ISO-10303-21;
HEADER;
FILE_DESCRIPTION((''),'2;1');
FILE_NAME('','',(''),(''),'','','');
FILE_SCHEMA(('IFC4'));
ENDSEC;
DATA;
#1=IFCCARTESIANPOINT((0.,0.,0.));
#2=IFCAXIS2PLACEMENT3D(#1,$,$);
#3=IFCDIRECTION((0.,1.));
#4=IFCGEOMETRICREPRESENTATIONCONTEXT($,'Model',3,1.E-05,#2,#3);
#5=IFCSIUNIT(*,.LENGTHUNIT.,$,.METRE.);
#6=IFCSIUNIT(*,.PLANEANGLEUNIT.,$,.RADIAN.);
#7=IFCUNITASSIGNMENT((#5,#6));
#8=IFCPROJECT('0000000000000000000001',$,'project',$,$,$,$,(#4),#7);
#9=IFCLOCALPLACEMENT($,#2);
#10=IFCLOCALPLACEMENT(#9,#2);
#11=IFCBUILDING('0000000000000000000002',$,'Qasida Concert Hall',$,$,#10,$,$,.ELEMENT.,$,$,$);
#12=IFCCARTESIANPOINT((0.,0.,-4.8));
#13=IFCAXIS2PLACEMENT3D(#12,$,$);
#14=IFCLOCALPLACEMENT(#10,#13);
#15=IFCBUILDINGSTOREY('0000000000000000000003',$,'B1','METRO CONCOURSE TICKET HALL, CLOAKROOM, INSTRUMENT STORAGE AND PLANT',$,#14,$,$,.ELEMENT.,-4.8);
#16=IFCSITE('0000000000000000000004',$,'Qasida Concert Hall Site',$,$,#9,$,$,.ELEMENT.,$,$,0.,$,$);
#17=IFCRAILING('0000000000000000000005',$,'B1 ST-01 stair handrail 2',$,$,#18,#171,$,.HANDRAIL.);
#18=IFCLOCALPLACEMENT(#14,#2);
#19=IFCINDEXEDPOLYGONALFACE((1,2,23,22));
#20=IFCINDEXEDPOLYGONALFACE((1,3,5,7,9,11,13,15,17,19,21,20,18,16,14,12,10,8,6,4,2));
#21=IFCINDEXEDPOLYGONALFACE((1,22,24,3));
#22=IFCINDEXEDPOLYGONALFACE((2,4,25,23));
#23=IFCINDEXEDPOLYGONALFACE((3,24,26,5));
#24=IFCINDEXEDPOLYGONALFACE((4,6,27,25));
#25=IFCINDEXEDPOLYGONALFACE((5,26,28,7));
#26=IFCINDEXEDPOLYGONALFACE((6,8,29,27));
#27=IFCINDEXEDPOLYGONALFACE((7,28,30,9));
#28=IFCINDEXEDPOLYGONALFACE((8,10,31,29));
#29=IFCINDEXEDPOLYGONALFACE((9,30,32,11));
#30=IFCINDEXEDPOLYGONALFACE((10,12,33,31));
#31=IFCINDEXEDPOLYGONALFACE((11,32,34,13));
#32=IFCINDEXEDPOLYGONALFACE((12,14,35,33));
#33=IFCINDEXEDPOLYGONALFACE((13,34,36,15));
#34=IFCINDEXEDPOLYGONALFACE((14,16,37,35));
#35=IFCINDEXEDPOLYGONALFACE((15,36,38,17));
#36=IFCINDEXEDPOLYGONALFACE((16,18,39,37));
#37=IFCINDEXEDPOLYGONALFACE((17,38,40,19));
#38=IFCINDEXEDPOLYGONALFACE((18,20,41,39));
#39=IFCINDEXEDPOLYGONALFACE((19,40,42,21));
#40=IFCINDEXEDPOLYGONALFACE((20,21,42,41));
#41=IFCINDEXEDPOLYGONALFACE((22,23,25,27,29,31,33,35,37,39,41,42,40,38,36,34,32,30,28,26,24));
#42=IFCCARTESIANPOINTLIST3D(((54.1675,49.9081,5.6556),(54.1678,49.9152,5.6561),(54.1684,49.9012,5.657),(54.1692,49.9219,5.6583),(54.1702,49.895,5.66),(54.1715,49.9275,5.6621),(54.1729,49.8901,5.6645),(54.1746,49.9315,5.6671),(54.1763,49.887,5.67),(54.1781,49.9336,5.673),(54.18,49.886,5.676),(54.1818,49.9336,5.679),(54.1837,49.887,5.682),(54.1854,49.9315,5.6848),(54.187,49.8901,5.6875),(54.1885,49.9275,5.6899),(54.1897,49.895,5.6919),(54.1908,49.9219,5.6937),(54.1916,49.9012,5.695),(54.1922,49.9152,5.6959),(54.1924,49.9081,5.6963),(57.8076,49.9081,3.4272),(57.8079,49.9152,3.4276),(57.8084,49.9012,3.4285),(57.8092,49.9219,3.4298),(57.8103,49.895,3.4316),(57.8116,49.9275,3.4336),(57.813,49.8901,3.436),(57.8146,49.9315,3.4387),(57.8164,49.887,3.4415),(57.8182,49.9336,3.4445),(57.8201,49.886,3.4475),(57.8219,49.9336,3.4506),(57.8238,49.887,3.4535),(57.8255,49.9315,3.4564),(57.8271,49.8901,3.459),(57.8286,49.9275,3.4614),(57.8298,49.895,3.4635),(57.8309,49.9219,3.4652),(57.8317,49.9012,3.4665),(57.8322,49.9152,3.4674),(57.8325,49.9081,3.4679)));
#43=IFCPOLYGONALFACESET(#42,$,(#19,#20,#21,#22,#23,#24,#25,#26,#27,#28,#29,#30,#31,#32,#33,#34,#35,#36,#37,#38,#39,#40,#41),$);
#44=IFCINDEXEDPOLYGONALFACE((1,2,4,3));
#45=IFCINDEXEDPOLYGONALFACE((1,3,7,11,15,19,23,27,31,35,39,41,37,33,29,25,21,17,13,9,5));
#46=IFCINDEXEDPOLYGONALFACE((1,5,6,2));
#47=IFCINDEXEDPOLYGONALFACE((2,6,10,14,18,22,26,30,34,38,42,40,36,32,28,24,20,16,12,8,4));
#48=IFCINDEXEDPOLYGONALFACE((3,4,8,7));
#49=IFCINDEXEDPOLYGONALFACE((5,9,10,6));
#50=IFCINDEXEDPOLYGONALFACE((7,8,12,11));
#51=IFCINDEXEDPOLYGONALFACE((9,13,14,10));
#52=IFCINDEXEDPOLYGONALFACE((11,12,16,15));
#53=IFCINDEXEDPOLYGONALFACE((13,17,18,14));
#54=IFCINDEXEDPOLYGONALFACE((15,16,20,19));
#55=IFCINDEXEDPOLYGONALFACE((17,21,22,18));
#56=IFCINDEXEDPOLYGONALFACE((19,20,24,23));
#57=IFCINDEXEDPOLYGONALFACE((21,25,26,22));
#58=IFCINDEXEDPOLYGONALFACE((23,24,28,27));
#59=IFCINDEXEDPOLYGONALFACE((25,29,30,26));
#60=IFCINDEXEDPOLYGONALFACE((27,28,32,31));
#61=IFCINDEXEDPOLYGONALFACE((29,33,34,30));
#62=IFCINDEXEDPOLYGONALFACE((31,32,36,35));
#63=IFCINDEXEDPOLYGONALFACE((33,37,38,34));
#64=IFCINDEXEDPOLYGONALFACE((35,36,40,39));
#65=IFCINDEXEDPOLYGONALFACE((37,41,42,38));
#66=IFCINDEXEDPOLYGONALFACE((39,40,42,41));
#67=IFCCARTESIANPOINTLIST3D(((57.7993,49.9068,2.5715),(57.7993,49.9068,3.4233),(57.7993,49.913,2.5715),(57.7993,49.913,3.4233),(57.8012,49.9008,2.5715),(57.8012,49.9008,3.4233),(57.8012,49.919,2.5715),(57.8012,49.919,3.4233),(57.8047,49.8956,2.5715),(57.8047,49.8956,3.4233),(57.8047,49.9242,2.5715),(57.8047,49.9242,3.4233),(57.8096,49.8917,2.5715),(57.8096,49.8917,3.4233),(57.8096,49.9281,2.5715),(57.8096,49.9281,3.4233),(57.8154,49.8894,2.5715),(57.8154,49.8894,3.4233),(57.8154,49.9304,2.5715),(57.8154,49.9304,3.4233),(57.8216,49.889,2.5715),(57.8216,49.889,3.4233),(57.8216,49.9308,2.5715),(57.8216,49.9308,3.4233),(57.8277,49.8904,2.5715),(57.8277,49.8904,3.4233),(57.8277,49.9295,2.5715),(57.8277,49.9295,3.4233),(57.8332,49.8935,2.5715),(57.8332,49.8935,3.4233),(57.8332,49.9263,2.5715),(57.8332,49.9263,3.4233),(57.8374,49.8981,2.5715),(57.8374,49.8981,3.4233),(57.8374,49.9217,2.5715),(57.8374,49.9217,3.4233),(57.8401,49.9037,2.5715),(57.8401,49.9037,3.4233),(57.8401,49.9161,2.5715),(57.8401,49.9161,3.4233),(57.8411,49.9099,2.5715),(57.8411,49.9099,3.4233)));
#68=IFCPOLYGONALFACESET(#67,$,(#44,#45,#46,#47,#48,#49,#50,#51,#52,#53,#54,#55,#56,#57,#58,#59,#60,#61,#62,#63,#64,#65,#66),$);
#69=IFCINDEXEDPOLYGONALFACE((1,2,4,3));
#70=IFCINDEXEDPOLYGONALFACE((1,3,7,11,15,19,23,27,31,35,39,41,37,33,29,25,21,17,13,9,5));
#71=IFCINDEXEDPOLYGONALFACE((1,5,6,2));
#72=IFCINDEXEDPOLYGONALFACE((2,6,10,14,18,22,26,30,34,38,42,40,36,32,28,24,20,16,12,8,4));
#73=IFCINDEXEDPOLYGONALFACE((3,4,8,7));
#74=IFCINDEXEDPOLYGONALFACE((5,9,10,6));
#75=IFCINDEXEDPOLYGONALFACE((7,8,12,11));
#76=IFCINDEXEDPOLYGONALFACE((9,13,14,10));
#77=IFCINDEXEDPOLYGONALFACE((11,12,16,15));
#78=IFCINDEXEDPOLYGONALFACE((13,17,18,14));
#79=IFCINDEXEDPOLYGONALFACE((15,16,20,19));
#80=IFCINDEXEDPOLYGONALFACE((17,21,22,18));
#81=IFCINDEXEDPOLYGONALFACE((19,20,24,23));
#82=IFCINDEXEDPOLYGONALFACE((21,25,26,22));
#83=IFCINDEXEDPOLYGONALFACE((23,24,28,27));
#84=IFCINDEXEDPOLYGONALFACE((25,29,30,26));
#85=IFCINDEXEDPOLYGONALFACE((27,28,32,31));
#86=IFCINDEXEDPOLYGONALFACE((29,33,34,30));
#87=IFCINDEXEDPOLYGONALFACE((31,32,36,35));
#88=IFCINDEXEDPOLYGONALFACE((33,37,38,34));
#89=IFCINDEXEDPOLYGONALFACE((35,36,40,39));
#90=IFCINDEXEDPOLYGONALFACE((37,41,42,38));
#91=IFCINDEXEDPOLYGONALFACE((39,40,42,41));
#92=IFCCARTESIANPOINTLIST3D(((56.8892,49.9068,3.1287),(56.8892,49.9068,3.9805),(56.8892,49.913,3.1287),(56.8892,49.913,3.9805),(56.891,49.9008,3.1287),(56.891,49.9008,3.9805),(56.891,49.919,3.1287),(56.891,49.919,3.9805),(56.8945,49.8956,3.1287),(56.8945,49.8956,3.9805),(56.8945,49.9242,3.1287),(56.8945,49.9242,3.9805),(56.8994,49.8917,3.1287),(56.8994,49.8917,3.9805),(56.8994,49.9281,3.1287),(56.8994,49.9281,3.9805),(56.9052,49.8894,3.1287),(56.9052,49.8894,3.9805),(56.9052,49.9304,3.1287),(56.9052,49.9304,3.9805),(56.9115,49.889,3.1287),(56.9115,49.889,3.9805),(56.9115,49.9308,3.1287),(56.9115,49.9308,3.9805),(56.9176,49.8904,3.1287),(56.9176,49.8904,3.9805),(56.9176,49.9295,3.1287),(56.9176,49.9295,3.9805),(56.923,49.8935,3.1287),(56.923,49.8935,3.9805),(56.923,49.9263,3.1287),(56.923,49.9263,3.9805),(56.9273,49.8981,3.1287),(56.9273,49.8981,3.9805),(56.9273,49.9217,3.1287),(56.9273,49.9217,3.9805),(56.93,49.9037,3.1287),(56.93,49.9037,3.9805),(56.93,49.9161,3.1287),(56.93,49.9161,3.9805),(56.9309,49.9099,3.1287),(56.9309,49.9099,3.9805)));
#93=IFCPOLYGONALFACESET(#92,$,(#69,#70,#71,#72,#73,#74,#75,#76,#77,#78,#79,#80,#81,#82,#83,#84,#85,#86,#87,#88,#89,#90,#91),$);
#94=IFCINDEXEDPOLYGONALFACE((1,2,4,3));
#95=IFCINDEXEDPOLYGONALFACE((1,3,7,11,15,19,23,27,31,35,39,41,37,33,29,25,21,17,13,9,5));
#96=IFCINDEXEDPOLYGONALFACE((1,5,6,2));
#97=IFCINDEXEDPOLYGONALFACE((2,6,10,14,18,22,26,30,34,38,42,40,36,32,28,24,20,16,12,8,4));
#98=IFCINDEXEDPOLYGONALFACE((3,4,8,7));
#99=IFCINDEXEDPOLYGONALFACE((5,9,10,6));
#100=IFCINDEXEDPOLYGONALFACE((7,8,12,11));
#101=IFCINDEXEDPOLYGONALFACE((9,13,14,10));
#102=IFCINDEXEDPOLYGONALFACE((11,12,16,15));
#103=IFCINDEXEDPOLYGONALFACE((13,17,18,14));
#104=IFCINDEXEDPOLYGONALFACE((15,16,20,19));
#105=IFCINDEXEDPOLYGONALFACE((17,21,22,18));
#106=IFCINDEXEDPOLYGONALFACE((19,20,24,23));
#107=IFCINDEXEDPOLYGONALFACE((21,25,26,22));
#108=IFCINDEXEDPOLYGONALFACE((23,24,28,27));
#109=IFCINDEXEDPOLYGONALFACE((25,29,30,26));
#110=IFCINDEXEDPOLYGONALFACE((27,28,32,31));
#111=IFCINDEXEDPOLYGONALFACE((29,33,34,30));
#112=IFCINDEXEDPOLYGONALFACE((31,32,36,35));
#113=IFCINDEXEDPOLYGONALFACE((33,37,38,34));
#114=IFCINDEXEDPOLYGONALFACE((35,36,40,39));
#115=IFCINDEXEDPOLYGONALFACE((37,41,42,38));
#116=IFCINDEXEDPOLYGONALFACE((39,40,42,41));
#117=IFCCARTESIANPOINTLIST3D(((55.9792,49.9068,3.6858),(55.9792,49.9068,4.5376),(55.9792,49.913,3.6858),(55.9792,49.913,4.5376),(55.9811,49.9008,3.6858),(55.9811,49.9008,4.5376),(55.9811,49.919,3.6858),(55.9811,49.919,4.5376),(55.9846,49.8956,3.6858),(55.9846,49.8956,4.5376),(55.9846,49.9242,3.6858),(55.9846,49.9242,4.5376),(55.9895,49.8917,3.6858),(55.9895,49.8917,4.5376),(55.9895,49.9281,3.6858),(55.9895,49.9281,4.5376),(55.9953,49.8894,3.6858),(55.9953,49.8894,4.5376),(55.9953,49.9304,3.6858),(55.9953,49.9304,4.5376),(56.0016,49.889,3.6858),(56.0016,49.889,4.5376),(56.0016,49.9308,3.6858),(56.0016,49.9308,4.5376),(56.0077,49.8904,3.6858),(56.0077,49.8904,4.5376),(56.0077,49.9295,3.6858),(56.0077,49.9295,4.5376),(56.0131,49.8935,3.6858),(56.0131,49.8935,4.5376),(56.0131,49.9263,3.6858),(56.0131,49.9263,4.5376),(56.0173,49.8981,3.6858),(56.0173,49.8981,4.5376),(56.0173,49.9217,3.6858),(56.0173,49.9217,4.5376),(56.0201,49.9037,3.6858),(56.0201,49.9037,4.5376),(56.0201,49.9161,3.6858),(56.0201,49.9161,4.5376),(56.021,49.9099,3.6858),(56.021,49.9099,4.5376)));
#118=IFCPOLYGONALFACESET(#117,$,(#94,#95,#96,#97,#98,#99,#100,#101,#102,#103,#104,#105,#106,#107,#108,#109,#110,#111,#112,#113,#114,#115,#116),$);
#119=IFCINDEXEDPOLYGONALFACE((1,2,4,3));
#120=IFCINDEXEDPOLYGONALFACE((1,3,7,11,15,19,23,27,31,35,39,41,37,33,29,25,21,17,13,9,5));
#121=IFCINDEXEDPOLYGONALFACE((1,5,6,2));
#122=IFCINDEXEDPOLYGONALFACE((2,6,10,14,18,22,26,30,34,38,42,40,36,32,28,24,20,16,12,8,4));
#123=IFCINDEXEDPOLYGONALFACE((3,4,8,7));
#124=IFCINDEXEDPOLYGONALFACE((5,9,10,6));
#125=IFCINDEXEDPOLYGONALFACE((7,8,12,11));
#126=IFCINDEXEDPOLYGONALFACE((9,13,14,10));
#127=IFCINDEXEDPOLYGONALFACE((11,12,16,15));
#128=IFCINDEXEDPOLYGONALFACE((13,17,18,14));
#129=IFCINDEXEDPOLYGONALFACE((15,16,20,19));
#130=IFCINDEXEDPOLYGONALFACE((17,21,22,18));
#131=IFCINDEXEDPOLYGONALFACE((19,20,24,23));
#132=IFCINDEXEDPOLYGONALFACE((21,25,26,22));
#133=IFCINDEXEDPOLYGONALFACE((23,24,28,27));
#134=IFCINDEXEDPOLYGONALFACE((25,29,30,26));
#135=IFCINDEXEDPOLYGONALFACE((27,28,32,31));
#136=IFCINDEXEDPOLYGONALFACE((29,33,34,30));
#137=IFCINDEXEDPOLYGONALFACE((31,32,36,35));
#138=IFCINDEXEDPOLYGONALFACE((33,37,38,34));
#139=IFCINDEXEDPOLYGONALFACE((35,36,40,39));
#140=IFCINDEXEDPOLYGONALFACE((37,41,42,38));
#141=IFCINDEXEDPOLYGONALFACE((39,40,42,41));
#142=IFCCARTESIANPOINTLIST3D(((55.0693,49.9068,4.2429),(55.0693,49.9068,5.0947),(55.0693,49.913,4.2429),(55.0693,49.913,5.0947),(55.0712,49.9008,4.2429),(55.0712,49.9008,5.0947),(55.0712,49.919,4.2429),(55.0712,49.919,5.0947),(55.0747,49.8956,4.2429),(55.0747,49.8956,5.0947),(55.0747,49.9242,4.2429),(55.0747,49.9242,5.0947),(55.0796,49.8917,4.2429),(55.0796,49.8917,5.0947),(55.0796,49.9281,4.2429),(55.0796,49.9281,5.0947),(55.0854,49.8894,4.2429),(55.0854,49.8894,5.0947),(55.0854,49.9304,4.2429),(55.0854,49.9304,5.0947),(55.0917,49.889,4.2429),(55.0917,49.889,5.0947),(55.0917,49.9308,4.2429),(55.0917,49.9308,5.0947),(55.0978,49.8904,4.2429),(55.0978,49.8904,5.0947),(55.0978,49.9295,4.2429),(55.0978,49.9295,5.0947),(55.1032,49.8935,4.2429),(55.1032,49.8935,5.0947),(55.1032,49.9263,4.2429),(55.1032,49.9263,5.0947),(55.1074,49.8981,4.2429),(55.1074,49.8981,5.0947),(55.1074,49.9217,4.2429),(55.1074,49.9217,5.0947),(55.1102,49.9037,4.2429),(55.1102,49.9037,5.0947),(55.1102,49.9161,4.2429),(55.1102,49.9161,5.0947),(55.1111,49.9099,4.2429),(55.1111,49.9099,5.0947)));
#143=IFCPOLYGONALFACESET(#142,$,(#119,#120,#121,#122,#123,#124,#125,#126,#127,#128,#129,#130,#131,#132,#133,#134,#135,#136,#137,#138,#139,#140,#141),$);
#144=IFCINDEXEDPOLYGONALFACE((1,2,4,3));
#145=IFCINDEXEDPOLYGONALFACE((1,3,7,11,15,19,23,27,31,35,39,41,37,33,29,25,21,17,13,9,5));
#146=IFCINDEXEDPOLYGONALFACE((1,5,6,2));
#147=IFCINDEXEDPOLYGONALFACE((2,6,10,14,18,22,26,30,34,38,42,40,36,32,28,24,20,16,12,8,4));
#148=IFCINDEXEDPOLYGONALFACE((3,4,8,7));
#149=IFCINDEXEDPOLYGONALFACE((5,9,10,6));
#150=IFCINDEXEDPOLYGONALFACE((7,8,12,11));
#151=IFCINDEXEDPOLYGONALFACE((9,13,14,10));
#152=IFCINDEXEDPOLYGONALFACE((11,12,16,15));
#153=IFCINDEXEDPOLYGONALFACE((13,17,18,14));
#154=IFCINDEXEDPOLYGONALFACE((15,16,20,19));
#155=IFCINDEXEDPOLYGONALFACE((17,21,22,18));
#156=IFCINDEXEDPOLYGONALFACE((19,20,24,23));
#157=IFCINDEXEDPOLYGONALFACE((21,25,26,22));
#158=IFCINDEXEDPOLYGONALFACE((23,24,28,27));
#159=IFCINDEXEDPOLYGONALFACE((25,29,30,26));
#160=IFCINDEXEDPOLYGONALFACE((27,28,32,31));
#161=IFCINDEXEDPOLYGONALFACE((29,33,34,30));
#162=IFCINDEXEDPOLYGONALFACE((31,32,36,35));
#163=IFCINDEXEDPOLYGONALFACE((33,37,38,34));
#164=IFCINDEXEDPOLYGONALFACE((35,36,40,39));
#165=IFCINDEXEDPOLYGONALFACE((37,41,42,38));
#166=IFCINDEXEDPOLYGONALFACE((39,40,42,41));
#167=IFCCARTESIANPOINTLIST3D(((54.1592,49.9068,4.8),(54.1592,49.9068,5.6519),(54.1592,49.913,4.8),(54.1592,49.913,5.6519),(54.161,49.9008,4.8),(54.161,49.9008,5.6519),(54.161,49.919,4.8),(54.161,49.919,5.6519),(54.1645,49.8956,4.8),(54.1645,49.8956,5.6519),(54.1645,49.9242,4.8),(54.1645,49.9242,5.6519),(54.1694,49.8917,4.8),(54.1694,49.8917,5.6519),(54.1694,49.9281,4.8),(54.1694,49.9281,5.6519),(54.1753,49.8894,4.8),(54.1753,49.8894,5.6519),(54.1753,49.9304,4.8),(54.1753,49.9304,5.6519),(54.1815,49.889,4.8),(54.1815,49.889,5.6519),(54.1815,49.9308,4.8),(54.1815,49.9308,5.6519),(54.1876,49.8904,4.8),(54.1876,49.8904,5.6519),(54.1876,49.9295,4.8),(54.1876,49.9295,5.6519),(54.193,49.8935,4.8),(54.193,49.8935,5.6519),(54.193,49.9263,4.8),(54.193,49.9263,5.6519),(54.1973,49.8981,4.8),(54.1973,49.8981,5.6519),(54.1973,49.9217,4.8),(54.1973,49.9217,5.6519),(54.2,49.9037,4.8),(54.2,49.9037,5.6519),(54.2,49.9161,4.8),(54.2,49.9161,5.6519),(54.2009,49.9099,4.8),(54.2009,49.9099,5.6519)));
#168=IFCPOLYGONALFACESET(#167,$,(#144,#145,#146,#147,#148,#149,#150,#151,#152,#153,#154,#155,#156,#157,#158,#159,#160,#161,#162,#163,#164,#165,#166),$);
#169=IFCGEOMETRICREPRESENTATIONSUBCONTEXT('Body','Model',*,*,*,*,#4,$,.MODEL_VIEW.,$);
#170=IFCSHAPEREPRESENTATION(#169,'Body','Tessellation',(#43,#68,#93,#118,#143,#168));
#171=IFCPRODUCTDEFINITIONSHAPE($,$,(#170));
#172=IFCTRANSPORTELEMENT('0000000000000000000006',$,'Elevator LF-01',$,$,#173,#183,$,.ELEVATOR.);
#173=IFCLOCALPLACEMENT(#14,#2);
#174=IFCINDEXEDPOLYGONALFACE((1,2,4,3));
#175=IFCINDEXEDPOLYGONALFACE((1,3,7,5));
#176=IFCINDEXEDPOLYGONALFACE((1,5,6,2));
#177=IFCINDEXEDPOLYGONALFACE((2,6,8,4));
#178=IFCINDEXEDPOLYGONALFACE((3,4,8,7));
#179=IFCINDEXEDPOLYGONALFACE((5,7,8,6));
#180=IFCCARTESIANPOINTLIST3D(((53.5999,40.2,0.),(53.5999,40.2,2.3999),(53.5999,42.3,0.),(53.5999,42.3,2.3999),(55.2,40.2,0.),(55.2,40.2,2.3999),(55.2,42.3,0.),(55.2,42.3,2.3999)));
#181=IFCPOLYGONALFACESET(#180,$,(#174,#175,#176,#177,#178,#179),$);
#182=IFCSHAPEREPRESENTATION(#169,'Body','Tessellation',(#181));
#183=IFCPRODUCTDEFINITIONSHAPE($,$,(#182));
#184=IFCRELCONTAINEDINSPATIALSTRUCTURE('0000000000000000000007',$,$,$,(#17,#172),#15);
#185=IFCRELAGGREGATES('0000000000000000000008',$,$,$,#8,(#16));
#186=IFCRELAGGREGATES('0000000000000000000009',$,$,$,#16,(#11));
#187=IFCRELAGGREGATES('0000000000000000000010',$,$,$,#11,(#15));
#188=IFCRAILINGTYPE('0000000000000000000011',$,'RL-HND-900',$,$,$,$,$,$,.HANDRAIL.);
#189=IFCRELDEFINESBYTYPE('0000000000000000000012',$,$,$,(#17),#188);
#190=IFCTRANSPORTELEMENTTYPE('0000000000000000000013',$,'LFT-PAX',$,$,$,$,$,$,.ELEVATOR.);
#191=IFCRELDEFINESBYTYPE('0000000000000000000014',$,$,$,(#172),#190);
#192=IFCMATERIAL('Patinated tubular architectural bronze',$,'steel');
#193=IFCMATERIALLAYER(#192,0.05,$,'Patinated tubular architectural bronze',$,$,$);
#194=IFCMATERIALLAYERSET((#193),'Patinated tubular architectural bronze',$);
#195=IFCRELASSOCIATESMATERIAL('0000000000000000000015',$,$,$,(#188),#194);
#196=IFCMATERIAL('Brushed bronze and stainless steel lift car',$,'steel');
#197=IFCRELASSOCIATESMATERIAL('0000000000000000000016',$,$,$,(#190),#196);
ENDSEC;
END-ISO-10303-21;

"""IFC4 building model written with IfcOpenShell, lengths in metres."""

from ifc_helpers import new_model, si_unit, direction, frame, origin, origin_2d, place, context, subcontext, project, spatial, rectangle, circle, extrude, material, layer, layer_set, type_object, element, save


model = new_model("IFC4")

# Units and contexts
model_context = context("Model", 3, precision=1e-05, world=origin(), true_north=direction((0.0, 1.0)))
body_context = subcontext(model_context, "Body", "Model", "MODEL_VIEW")
ifc_project = project(units=[si_unit("LENGTHUNIT", "METRE"), si_unit("PLANEANGLEUNIT", "RADIAN")], contexts=[model_context])

# Site, building, storey
site_placement = place(None, origin())
site = spatial("IfcSite", under=ifc_project, at=site_placement, Name="Qasida Concert Hall Site", CompositionType="ELEMENT", RefElevation=0.0)
building_placement = place(site_placement, origin())
building = spatial("IfcBuilding", under=site, at=building_placement, Name="Qasida Concert Hall", CompositionType="ELEMENT")
storey_placement = place(building_placement, frame((0.0, 0.0, -4.8)))
storey = spatial("IfcBuildingStorey", under=building, at=storey_placement, Name="B1", Description="METRO CONCOURSE TICKET HALL, CLOAKROOM, INSTRUMENT STORAGE AND PLANT", CompositionType="ELEMENT", Elevation=-4.8)

# Railing
ifc_material_1 = material(Name="Patinated tubular architectural bronze", Category="steel")
ifc_layer_1 = layer(ifc_material_1, 0.05, Name="Patinated tubular architectural bronze")
ifc_layer_set_1 = layer_set([ifc_layer_1], Name="Patinated tubular architectural bronze")
railing_type_1 = type_object("IfcRailingType", Name="RL-HND-900", PredefinedType="HANDRAIL", material=ifc_layer_set_1)
railing_1_placement = place(storey_placement, frame((57.8201, 49.9099, 2.5715)))
element("IfcRailing", 1, at=railing_1_placement, inside=storey, type_object=railing_type_1, Name="B1 ST-01 stair handrail 2", PredefinedType="HANDRAIL", context=body_context, shape_type="SweptSolid", body=[
    extrude(circle(Radius=0.0239, at=origin_2d()), frame((0.0, 0.0, 0.876), z_axis=(-0.852866, 0.0, 0.52213), x_axis=(0.0, -1.0, 0.0)), (0.0, 0.0, 1.0), 4.2681),
    extrude(circle(Radius=0.021, at=origin_2d()), origin(), (0.0, 0.0, 1.0), 0.8518),
    extrude(circle(Radius=0.021, at=origin_2d()), frame((-0.9102, 0.0, 0.5571)), (0.0, 0.0, 1.0), 0.8518),
    extrude(circle(Radius=0.021, at=origin_2d()), frame((-1.8201, 0.0, 1.1143)), (0.0, 0.0, 1.0), 0.8518),
    extrude(circle(Radius=0.021, at=origin_2d()), frame((-2.73, 0.0, 1.6714)), (0.0, 0.0, 1.0), 0.8518),
    extrude(circle(Radius=0.021, at=origin_2d()), frame((-3.6401, 0.0, 2.2285)), (0.0, 0.0, 1.0), 0.8518),
])

# Transport element
ifc_material_2 = material(Name="Brushed bronze and stainless steel lift car", Category="steel")
transport_element_type = type_object("IfcTransportElementType", Name="LFT-PAX", PredefinedType="ELEVATOR", material=ifc_material_2)
transport_element_placement = place(storey_placement, frame((54.3999, 41.25, 0.0), z_axis=(0.0, 0.0, 1.0), x_axis=(1.0, 0.0, 0.0)))
element("IfcTransportElement", 2, at=transport_element_placement, inside=storey, type_object=transport_element_type, Name="Elevator LF-01", PredefinedType="ELEVATOR", context=body_context, shape_type="SweptSolid", body=[
    extrude(rectangle(XDim=1.6001, YDim=2.1001, at=origin_2d()), origin(), (0.0, 0.0, 1.0), 2.3999),
])

save(model, "model.ifc")
